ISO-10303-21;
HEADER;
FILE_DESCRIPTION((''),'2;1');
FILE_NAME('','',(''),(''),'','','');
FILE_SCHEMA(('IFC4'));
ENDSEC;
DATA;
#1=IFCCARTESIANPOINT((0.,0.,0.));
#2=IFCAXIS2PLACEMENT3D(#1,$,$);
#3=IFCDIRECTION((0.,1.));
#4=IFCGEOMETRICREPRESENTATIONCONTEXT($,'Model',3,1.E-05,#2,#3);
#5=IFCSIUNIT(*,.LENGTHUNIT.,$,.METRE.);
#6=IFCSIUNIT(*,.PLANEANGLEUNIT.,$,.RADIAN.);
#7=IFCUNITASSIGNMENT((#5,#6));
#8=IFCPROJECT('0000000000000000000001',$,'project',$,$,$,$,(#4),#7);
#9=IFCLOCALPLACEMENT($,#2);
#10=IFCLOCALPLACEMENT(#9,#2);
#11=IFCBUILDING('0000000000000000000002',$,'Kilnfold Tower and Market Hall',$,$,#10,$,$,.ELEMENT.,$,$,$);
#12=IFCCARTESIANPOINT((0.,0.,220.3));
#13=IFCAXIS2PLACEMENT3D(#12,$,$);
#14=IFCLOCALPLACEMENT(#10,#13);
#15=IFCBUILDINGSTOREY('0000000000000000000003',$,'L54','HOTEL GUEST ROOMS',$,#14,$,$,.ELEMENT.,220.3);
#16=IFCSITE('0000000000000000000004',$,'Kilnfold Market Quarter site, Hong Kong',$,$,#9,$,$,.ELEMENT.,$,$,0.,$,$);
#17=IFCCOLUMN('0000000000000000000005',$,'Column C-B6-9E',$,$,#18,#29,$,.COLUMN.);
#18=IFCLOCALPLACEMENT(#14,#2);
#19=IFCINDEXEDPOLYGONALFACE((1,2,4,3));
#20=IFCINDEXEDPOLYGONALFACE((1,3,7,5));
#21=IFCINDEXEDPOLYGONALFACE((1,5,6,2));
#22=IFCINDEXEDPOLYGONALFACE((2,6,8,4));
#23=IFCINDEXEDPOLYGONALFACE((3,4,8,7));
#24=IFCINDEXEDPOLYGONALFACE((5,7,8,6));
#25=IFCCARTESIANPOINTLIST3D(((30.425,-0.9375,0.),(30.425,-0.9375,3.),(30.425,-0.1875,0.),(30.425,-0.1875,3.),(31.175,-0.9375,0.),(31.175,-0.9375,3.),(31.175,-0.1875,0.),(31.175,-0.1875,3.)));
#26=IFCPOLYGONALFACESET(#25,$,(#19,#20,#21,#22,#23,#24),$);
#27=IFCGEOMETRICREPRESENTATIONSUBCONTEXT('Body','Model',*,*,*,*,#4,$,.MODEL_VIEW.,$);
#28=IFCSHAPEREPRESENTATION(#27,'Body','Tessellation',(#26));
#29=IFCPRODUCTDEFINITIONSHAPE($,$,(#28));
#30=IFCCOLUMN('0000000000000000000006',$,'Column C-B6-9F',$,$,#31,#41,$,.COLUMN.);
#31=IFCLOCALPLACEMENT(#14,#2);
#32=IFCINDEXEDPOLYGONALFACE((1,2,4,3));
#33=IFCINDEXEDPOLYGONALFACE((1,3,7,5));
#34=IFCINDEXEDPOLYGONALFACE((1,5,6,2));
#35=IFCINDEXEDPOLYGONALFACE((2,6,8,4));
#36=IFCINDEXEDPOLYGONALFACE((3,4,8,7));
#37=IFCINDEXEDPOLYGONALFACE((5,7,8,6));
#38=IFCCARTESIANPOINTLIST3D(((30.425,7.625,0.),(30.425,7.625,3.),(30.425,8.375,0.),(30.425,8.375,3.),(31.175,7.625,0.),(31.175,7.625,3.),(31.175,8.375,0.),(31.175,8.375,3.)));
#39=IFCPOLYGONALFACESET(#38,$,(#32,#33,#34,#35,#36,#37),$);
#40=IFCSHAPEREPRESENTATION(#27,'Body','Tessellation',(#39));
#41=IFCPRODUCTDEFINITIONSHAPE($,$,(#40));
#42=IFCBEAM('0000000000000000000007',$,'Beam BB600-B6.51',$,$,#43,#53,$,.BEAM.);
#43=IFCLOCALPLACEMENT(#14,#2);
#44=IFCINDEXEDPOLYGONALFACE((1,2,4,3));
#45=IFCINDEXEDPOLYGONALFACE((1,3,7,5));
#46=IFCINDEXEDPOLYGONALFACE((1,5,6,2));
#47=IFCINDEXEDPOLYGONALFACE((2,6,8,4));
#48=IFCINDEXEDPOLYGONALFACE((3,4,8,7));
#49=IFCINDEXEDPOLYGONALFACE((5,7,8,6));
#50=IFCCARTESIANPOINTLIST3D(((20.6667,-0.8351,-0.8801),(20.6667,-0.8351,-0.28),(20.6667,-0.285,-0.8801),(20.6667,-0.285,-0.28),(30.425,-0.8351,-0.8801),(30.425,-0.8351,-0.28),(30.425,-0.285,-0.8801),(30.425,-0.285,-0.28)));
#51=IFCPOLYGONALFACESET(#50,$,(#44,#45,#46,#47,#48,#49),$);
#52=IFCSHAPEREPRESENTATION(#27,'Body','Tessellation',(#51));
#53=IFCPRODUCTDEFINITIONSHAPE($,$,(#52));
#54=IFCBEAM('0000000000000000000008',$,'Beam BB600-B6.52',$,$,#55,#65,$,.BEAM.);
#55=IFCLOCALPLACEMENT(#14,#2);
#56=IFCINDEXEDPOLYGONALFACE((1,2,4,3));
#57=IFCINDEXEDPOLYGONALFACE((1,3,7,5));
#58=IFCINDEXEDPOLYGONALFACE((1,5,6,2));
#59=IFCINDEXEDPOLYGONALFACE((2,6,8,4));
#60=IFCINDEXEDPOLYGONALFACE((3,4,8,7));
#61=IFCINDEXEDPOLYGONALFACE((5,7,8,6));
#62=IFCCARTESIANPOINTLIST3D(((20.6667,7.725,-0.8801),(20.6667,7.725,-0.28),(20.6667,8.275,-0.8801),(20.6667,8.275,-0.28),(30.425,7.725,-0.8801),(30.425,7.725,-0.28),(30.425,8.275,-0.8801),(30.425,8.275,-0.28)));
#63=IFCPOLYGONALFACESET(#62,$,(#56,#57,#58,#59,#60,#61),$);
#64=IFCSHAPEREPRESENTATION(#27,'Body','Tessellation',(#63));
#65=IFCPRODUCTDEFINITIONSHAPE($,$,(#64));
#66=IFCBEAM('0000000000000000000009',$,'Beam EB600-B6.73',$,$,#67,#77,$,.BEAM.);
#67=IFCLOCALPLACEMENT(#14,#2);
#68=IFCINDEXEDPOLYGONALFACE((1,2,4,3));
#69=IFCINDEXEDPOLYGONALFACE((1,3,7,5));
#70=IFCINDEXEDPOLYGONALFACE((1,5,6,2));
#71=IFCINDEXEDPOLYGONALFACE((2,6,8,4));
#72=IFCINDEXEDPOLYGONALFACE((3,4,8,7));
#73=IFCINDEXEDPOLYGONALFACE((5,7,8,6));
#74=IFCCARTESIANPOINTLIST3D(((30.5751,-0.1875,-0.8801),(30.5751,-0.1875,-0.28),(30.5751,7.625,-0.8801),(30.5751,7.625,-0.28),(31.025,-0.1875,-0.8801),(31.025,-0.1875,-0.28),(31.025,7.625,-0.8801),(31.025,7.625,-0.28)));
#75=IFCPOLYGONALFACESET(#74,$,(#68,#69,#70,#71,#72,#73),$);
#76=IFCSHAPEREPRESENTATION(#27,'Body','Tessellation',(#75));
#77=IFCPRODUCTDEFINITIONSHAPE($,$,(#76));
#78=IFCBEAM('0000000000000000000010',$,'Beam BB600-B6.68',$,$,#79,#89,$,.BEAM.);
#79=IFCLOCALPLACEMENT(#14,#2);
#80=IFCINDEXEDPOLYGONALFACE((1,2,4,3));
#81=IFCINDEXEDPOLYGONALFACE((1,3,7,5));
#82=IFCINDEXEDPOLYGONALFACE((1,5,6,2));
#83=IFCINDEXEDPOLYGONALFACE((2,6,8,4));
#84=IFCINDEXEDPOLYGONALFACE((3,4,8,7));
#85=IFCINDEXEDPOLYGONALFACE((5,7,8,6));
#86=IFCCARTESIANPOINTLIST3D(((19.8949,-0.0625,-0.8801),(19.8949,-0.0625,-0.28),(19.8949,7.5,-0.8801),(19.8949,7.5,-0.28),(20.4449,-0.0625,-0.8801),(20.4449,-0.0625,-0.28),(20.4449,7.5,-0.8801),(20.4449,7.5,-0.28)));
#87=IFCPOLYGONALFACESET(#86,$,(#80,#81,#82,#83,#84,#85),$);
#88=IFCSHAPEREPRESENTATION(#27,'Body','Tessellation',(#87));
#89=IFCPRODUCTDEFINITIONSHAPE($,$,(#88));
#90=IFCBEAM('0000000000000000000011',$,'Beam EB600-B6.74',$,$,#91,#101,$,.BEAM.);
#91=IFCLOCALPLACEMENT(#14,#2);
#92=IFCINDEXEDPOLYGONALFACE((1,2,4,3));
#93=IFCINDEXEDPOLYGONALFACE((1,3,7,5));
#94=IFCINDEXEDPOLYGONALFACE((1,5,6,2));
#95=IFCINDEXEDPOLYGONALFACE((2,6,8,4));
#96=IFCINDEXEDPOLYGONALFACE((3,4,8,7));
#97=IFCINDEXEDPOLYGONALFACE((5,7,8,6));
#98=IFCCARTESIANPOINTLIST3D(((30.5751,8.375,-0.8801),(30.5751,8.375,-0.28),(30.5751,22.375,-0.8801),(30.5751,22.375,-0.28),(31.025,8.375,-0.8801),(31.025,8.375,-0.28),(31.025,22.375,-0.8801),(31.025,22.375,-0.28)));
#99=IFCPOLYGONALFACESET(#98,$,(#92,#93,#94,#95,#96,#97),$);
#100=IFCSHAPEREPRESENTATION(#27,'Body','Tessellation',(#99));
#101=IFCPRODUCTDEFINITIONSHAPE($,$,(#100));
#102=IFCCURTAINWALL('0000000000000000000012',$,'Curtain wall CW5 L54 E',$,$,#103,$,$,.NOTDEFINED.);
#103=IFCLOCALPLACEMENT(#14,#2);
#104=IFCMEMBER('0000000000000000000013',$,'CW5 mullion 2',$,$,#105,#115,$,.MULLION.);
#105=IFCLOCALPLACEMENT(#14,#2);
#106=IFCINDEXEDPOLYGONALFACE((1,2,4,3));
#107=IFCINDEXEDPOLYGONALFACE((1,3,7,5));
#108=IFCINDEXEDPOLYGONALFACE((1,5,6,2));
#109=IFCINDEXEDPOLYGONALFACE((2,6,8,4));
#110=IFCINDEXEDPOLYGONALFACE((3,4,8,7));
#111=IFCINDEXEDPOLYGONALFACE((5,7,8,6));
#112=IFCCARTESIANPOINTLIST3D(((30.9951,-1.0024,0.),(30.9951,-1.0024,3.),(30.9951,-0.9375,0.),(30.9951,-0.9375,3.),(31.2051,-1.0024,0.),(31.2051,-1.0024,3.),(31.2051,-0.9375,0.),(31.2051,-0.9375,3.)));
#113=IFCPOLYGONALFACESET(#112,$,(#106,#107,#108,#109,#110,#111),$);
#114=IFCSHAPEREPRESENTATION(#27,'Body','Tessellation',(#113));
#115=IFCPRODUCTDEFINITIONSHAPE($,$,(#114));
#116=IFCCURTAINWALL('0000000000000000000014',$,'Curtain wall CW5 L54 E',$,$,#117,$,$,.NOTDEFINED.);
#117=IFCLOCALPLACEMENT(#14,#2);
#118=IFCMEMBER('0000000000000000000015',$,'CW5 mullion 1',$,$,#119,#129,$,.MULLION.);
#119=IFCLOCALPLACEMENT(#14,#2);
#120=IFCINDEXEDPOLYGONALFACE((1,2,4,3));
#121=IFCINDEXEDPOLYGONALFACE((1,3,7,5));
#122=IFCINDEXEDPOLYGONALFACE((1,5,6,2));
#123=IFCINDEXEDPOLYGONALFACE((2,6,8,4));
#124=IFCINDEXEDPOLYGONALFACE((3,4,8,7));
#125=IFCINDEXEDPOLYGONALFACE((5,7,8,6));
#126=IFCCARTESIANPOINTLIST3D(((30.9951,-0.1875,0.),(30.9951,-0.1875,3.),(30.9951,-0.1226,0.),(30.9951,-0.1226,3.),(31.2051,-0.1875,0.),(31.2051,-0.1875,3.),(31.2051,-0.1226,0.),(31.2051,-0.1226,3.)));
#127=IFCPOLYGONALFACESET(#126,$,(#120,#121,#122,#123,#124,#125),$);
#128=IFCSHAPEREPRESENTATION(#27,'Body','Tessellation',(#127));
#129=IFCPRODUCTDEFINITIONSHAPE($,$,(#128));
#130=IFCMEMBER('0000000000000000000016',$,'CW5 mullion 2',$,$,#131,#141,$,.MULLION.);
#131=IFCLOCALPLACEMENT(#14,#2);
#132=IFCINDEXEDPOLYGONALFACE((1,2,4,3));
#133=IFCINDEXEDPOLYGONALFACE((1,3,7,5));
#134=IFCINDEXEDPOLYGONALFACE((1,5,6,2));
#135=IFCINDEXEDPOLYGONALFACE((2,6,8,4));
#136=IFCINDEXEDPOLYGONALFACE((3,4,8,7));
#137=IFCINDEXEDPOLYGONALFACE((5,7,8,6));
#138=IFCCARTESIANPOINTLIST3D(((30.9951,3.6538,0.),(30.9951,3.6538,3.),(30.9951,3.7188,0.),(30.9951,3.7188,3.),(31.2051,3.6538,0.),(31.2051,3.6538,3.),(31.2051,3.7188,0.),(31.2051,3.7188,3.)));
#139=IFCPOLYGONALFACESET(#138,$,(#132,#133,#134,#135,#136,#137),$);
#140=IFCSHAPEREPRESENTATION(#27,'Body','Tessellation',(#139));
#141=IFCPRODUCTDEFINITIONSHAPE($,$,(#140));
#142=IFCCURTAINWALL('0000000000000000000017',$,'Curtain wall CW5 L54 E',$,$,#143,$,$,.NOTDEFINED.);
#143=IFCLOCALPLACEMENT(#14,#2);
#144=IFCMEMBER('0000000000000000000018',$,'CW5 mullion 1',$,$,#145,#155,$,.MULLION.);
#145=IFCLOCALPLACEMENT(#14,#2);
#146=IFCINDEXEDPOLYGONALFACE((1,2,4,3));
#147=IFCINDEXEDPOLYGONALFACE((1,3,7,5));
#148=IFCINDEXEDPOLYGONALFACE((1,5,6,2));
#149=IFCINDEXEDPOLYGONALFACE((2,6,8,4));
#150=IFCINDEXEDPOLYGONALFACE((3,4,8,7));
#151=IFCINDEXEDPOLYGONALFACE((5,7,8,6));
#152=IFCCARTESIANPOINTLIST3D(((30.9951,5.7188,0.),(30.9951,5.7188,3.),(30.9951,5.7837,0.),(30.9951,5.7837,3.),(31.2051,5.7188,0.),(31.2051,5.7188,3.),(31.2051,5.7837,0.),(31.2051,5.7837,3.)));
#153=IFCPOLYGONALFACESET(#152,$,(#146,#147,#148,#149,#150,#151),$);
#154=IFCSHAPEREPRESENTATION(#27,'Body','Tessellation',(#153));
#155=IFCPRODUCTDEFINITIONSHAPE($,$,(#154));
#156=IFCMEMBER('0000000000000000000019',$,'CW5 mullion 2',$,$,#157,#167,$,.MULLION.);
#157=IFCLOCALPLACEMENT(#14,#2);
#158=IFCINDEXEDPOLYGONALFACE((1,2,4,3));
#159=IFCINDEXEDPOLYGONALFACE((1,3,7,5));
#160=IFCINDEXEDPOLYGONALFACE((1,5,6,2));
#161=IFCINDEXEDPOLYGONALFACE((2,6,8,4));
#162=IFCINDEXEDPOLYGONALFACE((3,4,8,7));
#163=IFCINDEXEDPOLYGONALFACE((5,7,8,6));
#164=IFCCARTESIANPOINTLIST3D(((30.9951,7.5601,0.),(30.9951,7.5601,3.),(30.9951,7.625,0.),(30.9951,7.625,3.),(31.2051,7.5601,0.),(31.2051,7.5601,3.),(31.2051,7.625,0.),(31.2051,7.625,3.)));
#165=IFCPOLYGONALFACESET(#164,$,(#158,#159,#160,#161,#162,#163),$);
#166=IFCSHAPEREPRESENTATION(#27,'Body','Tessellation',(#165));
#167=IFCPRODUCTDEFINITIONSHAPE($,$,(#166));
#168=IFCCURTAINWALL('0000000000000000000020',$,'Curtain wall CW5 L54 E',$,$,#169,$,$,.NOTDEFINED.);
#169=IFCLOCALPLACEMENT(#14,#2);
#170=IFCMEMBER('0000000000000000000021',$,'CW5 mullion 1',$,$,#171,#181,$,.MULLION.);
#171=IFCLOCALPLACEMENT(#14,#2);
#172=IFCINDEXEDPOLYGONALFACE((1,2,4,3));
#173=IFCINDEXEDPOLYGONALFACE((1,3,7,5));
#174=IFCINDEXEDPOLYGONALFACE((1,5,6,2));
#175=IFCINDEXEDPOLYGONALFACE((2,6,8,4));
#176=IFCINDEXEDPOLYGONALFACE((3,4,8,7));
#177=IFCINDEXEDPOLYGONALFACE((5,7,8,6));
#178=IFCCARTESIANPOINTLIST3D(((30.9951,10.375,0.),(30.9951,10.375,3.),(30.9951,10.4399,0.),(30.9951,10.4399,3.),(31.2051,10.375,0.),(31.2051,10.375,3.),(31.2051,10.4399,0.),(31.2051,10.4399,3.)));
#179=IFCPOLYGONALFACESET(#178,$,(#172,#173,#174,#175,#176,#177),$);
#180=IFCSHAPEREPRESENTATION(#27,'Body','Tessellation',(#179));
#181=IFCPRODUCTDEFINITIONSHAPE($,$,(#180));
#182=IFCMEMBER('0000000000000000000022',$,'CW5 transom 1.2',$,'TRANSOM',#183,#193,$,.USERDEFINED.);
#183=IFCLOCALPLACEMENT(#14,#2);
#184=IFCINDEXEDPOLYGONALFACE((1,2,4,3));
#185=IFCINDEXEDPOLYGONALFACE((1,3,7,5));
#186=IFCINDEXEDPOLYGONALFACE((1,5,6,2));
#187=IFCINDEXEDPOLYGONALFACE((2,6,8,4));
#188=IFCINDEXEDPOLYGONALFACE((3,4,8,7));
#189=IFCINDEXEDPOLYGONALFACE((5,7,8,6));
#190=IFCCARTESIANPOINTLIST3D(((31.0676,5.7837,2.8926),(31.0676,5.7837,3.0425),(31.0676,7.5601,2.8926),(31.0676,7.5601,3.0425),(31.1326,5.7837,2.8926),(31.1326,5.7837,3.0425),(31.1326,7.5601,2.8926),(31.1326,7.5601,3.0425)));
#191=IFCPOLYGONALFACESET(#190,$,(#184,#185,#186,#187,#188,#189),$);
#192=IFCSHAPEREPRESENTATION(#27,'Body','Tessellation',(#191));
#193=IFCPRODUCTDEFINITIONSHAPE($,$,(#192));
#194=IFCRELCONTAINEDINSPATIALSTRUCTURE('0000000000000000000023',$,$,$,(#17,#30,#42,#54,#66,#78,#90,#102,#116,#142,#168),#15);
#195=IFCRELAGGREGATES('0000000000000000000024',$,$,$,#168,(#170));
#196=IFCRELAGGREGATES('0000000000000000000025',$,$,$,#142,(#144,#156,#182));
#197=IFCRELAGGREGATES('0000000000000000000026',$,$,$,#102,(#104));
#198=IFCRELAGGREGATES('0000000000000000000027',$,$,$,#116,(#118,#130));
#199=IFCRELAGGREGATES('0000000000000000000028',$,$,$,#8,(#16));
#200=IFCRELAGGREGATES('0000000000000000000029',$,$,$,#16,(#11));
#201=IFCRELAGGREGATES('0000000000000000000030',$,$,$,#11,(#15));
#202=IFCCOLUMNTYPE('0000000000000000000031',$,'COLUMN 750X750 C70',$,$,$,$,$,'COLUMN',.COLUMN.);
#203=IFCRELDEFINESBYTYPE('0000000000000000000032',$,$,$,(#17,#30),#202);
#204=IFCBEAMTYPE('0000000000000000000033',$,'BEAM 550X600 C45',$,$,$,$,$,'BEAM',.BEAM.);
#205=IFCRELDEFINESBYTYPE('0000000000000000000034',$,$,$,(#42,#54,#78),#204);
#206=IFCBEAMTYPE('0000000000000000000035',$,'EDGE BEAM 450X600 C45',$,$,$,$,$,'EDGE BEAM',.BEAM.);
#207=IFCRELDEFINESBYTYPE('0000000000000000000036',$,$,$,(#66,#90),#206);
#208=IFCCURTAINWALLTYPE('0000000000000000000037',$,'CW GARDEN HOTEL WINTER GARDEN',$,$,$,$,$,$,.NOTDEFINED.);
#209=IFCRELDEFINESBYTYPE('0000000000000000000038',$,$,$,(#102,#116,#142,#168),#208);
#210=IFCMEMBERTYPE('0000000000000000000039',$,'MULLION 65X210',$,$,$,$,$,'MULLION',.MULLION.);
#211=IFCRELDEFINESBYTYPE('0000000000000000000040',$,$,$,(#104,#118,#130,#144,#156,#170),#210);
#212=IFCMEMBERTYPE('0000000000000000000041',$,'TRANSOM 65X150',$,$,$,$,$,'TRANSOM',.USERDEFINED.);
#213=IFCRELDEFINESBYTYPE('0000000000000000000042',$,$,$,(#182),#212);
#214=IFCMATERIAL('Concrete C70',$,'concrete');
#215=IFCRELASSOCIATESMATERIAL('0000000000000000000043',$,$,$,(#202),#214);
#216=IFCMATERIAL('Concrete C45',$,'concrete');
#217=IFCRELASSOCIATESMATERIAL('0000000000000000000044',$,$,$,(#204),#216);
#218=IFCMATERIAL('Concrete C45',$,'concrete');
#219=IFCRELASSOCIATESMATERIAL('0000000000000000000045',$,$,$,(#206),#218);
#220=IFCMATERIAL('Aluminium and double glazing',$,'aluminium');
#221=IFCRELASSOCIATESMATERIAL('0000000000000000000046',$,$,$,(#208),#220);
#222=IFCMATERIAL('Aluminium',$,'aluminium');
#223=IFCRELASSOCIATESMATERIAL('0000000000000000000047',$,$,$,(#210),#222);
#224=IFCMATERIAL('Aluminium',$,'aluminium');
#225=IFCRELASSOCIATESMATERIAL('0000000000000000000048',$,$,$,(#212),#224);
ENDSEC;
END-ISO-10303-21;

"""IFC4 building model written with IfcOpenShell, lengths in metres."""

from ifc_helpers import new_model, si_unit, direction, frame, origin, origin_2d, place, context, subcontext, project, spatial, rectangle, extrude, source, transform, mapped, material, material_profile, profile_set, type_object, element, aggregate, save


model = new_model("IFC4")

# Units and contexts
model_context = context("Model", 3, precision=1e-05, world=origin(), true_north=direction((0.0, 1.0)))
body_context = subcontext(model_context, "Body", "Model", "MODEL_VIEW")
ifc_project = project(units=[si_unit("LENGTHUNIT", "METRE"), si_unit("PLANEANGLEUNIT", "RADIAN")], contexts=[model_context])

# Site, building, storey
site_placement = place(None, origin())
site = spatial("IfcSite", under=ifc_project, at=site_placement, Name="Kilnfold Market Quarter site, Hong Kong", CompositionType="ELEMENT", RefElevation=0.0)
building_placement = place(site_placement, origin())
building = spatial("IfcBuilding", under=site, at=building_placement, Name="Kilnfold Tower and Market Hall", CompositionType="ELEMENT")
storey_placement = place(building_placement, frame((0.0, 0.0, 220.3)))
storey = spatial("IfcBuildingStorey", under=building, at=storey_placement, Name="L54", Description="HOTEL GUEST ROOMS", CompositionType="ELEMENT", Elevation=220.3)

# Columns
ifc_material_1 = material(Name="Concrete C70", Category="concrete")
ifc_material_profile_1 = material_profile(ifc_material_1, rectangle(XDim=0.75, YDim=0.75, at=origin_2d()), Name="RC 750x750")
ifc_profile_set_1 = profile_set([ifc_material_profile_1], Name="Concrete C70")
column_type = type_object("IfcColumnType", Name="COLUMN 750X750 C70", ElementType="COLUMN", PredefinedType="COLUMN", material=ifc_profile_set_1)
shared_shape_1 = source(origin(), body_context, "Body", "SweptSolid", [
    extrude(rectangle(XDim=0.75, YDim=0.75, at=origin_2d()), origin(), (0.0, 0.0, 1.0), 3.0),
])
for number, where, z_axis, x_axis, name in (
    (1, (30.8, -0.5625, 0.0), (0.0, 0.0, 1.0), (1.0, 0.0, 0.0), "Column C-B6-9E"),
    (2, (30.8, 8.0, 0.0), (0.0, 0.0, 1.0), (1.0, 0.0, 0.0), "Column C-B6-9F"),
):
    element("IfcColumn", number, at=place(storey_placement, frame(where, z_axis=z_axis, x_axis=x_axis)), inside=storey, type_object=column_type, Name=name, PredefinedType="COLUMN", context=body_context, shape_type="MappedRepresentation", body=[
        mapped(shared_shape_1, transform((0.0, 0.0, 0.0))),
    ])

# Beams
ifc_material_2 = material(Name="Concrete C45", Category="concrete")
ifc_material_profile_2 = material_profile(ifc_material_2, rectangle(XDim=0.55, YDim=0.6001, at=origin_2d()), Name="RC 550x600")
ifc_profile_set_2 = profile_set([ifc_material_profile_2], Name="Concrete C45")
beam_type_1 = type_object("IfcBeamType", Name="BEAM 550X600 C45", ElementType="BEAM", PredefinedType="BEAM", material=ifc_profile_set_2)
shared_shape_2 = source(origin(), body_context, "Body", "SweptSolid", [
    extrude(rectangle(XDim=0.55, YDim=0.6001, at=origin_2d()), origin(), (0.0, 0.0, 1.0), 9.7583),
])
for number, where, z_axis, x_axis, name in (
    (3, (20.6667, -0.5601, -0.5801), (1.0, 0.0, 0.0), (0.0, 1.0, 0.0), "Beam BB600-B6.51"),
    (4, (20.6667, 8.0, -0.5801), (1.0, 0.0, 0.0), (0.0, 1.0, 0.0), "Beam BB600-B6.52"),
):
    element("IfcBeam", number, at=place(storey_placement, frame(where, z_axis=z_axis, x_axis=x_axis)), inside=storey, type_object=beam_type_1, Name=name, PredefinedType="BEAM", context=body_context, shape_type="MappedRepresentation", body=[
        mapped(shared_shape_2, transform((0.0, 0.0, 0.0))),
    ])
ifc_material_3 = material(Name="Concrete C45", Category="concrete")
ifc_material_profile_3 = material_profile(ifc_material_3, rectangle(XDim=0.45, YDim=0.6001, at=origin_2d()), Name="RC 450x600")
ifc_profile_set_3 = profile_set([ifc_material_profile_3], Name="Concrete C45")
beam_type_2 = type_object("IfcBeamType", Name="EDGE BEAM 450X600 C45", ElementType="EDGE BEAM", PredefinedType="BEAM", material=ifc_profile_set_3)
shared_shape_3 = source(origin(), body_context, "Body", "SweptSolid", [
    extrude(rectangle(XDim=0.45, YDim=0.6001, at=origin_2d()), origin(), (0.0, 0.0, 1.0), 7.8125),
])
beam_1_placement = place(storey_placement, frame((30.8, -0.1875, -0.5801), z_axis=(0.0, 1.0, 0.0), x_axis=(-1.0, 0.0, 0.0)))
element("IfcBeam", 5, at=beam_1_placement, inside=storey, type_object=beam_type_2, Name="Beam EB600-B6.73", PredefinedType="BEAM", context=body_context, shape_type="MappedRepresentation", body=[
    mapped(shared_shape_3, transform((0.0, 0.0, 0.0))),
])
shared_shape_4 = source(origin(), body_context, "Body", "SweptSolid", [
    extrude(rectangle(XDim=0.55, YDim=0.6001, at=origin_2d()), origin(), (0.0, 0.0, 1.0), 7.5625),
])
beam_2_placement = place(storey_placement, frame((20.1699, -0.0625, -0.5801), z_axis=(0.0, 1.0, 0.0), x_axis=(-1.0, 0.0, 0.0)))
element("IfcBeam", 6, at=beam_2_placement, inside=storey, type_object=beam_type_1, Name="Beam BB600-B6.68", PredefinedType="BEAM", context=body_context, shape_type="MappedRepresentation", body=[
    mapped(shared_shape_4, transform((0.0, 0.0, 0.0))),
])
shared_shape_5 = source(origin(), body_context, "Body", "SweptSolid", [
    extrude(rectangle(XDim=0.45, YDim=0.6001, at=origin_2d()), origin(), (0.0, 0.0, 1.0), 14.0),
])
beam_3_placement = place(storey_placement, frame((30.8, 8.375, -0.5801), z_axis=(0.0, 1.0, 0.0), x_axis=(-1.0, 0.0, 0.0)))
element("IfcBeam", 7, at=beam_3_placement, inside=storey, type_object=beam_type_2, Name="Beam EB600-B6.74", PredefinedType="BEAM", context=body_context, shape_type="MappedRepresentation", body=[
    mapped(shared_shape_5, transform((0.0, 0.0, 0.0))),
])

# Curtain wall, member
ifc_material_4 = material(Name="Aluminium and double glazing", Category="aluminium")
curtain_wall_type = type_object("IfcCurtainWallType", Name="CW GARDEN HOTEL WINTER GARDEN", PredefinedType="NOTDEFINED", material=ifc_material_4)
curtain_wall_1_placement = place(storey_placement, origin())
curtain_wall_1 = element("IfcCurtainWall", 8, at=curtain_wall_1_placement, inside=storey, type_object=curtain_wall_type, Name="Curtain wall CW5 L54 E", PredefinedType="NOTDEFINED")
ifc_material_5 = material(Name="Aluminium", Category="aluminium")
ifc_material_profile_4 = material_profile(ifc_material_5, rectangle(XDim=0.0649, YDim=0.21, at=origin_2d()), Name="MULLION 65x210")
ifc_profile_set_4 = profile_set([ifc_material_profile_4], Name="Aluminium")
member_type_1 = type_object("IfcMemberType", Name="MULLION 65X210", ElementType="MULLION", PredefinedType="MULLION", material=ifc_profile_set_4)
shared_shape_6 = source(origin(), body_context, "Body", "SweptSolid", [
    extrude(rectangle(XDim=0.0649, YDim=0.21, at=origin_2d()), origin(), (0.0, 0.0, 1.0), 3.0),
])
member_1_placement = place(storey_placement, frame((31.1001, -0.97, 0.0), z_axis=(0.0, 0.0, 1.0), x_axis=(0.0, 1.0, 0.0)))
member_1 = element("IfcMember", 9, at=member_1_placement, type_object=member_type_1, Name="CW5 mullion 2", PredefinedType="MULLION", context=body_context, shape_type="MappedRepresentation", body=[
    mapped(shared_shape_6, transform((0.0, 0.0, 0.0))),
])

# Curtain walls, members
curtain_wall_2_placement = place(storey_placement, origin())
curtain_wall_2 = element("IfcCurtainWall", 10, at=curtain_wall_2_placement, inside=storey, type_object=curtain_wall_type, Name="Curtain wall CW5 L54 E", PredefinedType="NOTDEFINED")
member_2_placement = place(storey_placement, frame((31.1001, -0.155, 0.0), z_axis=(0.0, 0.0, 1.0), x_axis=(0.0, 1.0, 0.0)))
member_2 = element("IfcMember", 11, at=member_2_placement, type_object=member_type_1, Name="CW5 mullion 1", PredefinedType="MULLION", context=body_context, shape_type="MappedRepresentation", body=[
    mapped(shared_shape_6, transform((0.0, 0.0, 0.0))),
])
member_3_placement = place(storey_placement, frame((31.1001, 3.6863, 0.0), z_axis=(0.0, 0.0, 1.0), x_axis=(0.0, 1.0, 0.0)))
member_3 = element("IfcMember", 12, at=member_3_placement, type_object=member_type_1, Name="CW5 mullion 2", PredefinedType="MULLION", context=body_context, shape_type="MappedRepresentation", body=[
    mapped(shared_shape_6, transform((0.0, 0.0, 0.0))),
])
curtain_wall_3_placement = place(storey_placement, origin())
curtain_wall_3 = element("IfcCurtainWall", 13, at=curtain_wall_3_placement, inside=storey, type_object=curtain_wall_type, Name="Curtain wall CW5 L54 E", PredefinedType="NOTDEFINED")
member_4_placement = place(storey_placement, frame((31.1001, 5.7512, 0.0), z_axis=(0.0, 0.0, 1.0), x_axis=(0.0, 1.0, 0.0)))
member_4 = element("IfcMember", 14, at=member_4_placement, type_object=member_type_1, Name="CW5 mullion 1", PredefinedType="MULLION", context=body_context, shape_type="MappedRepresentation", body=[
    mapped(shared_shape_6, transform((0.0, 0.0, 0.0))),
])
member_5_placement = place(storey_placement, frame((31.1001, 7.5925, 0.0), z_axis=(0.0, 0.0, 1.0), x_axis=(0.0, 1.0, 0.0)))
member_5 = element("IfcMember", 15, at=member_5_placement, type_object=member_type_1, Name="CW5 mullion 2", PredefinedType="MULLION", context=body_context, shape_type="MappedRepresentation", body=[
    mapped(shared_shape_6, transform((0.0, 0.0, 0.0))),
])

# Curtain wall, member
curtain_wall_4_placement = place(storey_placement, origin())
curtain_wall_4 = element("IfcCurtainWall", 16, at=curtain_wall_4_placement, inside=storey, type_object=curtain_wall_type, Name="Curtain wall CW5 L54 E", PredefinedType="NOTDEFINED")
member_6_placement = place(storey_placement, frame((31.1001, 10.4075, 0.0), z_axis=(0.0, 0.0, 1.0), x_axis=(0.0, 1.0, 0.0)))
member_6 = element("IfcMember", 17, at=member_6_placement, type_object=member_type_1, Name="CW5 mullion 1", PredefinedType="MULLION", context=body_context, shape_type="MappedRepresentation", body=[
    mapped(shared_shape_6, transform((0.0, 0.0, 0.0))),
])

# Member
ifc_material_6 = material(Name="Aluminium", Category="aluminium")
ifc_material_profile_5 = material_profile(ifc_material_6, rectangle(XDim=0.0649, YDim=0.1499, at=origin_2d()), Name="TRANSOM 65x150")
ifc_profile_set_5 = profile_set([ifc_material_profile_5], Name="Aluminium")
member_type_2 = type_object("IfcMemberType", Name="TRANSOM 65X150", ElementType="TRANSOM", PredefinedType="USERDEFINED", material=ifc_profile_set_5)
shared_shape_7 = source(origin(), body_context, "Body", "SweptSolid", [
    extrude(rectangle(XDim=0.0649, YDim=0.1499, at=origin_2d()), origin(), (0.0, 0.0, 1.0), 1.7764),
])
member_7_placement = place(storey_placement, frame((31.1001, 5.7837, 2.9675), z_axis=(0.0, 1.0, 0.0), x_axis=(-1.0, 0.0, 0.0)))
member_7 = element("IfcMember", 18, at=member_7_placement, type_object=member_type_2, Name="CW5 transom 1.2", ObjectType="TRANSOM", PredefinedType="USERDEFINED", context=body_context, shape_type="MappedRepresentation", body=[
    mapped(shared_shape_7, transform((0.0, 0.0, 0.0))),
])
aggregate(curtain_wall_4, [member_6])

aggregate(curtain_wall_3, [member_4, member_5, member_7])
aggregate(curtain_wall_1, [member_1])
aggregate(curtain_wall_2, [member_2, member_3])

save(model, "model.ifc")
